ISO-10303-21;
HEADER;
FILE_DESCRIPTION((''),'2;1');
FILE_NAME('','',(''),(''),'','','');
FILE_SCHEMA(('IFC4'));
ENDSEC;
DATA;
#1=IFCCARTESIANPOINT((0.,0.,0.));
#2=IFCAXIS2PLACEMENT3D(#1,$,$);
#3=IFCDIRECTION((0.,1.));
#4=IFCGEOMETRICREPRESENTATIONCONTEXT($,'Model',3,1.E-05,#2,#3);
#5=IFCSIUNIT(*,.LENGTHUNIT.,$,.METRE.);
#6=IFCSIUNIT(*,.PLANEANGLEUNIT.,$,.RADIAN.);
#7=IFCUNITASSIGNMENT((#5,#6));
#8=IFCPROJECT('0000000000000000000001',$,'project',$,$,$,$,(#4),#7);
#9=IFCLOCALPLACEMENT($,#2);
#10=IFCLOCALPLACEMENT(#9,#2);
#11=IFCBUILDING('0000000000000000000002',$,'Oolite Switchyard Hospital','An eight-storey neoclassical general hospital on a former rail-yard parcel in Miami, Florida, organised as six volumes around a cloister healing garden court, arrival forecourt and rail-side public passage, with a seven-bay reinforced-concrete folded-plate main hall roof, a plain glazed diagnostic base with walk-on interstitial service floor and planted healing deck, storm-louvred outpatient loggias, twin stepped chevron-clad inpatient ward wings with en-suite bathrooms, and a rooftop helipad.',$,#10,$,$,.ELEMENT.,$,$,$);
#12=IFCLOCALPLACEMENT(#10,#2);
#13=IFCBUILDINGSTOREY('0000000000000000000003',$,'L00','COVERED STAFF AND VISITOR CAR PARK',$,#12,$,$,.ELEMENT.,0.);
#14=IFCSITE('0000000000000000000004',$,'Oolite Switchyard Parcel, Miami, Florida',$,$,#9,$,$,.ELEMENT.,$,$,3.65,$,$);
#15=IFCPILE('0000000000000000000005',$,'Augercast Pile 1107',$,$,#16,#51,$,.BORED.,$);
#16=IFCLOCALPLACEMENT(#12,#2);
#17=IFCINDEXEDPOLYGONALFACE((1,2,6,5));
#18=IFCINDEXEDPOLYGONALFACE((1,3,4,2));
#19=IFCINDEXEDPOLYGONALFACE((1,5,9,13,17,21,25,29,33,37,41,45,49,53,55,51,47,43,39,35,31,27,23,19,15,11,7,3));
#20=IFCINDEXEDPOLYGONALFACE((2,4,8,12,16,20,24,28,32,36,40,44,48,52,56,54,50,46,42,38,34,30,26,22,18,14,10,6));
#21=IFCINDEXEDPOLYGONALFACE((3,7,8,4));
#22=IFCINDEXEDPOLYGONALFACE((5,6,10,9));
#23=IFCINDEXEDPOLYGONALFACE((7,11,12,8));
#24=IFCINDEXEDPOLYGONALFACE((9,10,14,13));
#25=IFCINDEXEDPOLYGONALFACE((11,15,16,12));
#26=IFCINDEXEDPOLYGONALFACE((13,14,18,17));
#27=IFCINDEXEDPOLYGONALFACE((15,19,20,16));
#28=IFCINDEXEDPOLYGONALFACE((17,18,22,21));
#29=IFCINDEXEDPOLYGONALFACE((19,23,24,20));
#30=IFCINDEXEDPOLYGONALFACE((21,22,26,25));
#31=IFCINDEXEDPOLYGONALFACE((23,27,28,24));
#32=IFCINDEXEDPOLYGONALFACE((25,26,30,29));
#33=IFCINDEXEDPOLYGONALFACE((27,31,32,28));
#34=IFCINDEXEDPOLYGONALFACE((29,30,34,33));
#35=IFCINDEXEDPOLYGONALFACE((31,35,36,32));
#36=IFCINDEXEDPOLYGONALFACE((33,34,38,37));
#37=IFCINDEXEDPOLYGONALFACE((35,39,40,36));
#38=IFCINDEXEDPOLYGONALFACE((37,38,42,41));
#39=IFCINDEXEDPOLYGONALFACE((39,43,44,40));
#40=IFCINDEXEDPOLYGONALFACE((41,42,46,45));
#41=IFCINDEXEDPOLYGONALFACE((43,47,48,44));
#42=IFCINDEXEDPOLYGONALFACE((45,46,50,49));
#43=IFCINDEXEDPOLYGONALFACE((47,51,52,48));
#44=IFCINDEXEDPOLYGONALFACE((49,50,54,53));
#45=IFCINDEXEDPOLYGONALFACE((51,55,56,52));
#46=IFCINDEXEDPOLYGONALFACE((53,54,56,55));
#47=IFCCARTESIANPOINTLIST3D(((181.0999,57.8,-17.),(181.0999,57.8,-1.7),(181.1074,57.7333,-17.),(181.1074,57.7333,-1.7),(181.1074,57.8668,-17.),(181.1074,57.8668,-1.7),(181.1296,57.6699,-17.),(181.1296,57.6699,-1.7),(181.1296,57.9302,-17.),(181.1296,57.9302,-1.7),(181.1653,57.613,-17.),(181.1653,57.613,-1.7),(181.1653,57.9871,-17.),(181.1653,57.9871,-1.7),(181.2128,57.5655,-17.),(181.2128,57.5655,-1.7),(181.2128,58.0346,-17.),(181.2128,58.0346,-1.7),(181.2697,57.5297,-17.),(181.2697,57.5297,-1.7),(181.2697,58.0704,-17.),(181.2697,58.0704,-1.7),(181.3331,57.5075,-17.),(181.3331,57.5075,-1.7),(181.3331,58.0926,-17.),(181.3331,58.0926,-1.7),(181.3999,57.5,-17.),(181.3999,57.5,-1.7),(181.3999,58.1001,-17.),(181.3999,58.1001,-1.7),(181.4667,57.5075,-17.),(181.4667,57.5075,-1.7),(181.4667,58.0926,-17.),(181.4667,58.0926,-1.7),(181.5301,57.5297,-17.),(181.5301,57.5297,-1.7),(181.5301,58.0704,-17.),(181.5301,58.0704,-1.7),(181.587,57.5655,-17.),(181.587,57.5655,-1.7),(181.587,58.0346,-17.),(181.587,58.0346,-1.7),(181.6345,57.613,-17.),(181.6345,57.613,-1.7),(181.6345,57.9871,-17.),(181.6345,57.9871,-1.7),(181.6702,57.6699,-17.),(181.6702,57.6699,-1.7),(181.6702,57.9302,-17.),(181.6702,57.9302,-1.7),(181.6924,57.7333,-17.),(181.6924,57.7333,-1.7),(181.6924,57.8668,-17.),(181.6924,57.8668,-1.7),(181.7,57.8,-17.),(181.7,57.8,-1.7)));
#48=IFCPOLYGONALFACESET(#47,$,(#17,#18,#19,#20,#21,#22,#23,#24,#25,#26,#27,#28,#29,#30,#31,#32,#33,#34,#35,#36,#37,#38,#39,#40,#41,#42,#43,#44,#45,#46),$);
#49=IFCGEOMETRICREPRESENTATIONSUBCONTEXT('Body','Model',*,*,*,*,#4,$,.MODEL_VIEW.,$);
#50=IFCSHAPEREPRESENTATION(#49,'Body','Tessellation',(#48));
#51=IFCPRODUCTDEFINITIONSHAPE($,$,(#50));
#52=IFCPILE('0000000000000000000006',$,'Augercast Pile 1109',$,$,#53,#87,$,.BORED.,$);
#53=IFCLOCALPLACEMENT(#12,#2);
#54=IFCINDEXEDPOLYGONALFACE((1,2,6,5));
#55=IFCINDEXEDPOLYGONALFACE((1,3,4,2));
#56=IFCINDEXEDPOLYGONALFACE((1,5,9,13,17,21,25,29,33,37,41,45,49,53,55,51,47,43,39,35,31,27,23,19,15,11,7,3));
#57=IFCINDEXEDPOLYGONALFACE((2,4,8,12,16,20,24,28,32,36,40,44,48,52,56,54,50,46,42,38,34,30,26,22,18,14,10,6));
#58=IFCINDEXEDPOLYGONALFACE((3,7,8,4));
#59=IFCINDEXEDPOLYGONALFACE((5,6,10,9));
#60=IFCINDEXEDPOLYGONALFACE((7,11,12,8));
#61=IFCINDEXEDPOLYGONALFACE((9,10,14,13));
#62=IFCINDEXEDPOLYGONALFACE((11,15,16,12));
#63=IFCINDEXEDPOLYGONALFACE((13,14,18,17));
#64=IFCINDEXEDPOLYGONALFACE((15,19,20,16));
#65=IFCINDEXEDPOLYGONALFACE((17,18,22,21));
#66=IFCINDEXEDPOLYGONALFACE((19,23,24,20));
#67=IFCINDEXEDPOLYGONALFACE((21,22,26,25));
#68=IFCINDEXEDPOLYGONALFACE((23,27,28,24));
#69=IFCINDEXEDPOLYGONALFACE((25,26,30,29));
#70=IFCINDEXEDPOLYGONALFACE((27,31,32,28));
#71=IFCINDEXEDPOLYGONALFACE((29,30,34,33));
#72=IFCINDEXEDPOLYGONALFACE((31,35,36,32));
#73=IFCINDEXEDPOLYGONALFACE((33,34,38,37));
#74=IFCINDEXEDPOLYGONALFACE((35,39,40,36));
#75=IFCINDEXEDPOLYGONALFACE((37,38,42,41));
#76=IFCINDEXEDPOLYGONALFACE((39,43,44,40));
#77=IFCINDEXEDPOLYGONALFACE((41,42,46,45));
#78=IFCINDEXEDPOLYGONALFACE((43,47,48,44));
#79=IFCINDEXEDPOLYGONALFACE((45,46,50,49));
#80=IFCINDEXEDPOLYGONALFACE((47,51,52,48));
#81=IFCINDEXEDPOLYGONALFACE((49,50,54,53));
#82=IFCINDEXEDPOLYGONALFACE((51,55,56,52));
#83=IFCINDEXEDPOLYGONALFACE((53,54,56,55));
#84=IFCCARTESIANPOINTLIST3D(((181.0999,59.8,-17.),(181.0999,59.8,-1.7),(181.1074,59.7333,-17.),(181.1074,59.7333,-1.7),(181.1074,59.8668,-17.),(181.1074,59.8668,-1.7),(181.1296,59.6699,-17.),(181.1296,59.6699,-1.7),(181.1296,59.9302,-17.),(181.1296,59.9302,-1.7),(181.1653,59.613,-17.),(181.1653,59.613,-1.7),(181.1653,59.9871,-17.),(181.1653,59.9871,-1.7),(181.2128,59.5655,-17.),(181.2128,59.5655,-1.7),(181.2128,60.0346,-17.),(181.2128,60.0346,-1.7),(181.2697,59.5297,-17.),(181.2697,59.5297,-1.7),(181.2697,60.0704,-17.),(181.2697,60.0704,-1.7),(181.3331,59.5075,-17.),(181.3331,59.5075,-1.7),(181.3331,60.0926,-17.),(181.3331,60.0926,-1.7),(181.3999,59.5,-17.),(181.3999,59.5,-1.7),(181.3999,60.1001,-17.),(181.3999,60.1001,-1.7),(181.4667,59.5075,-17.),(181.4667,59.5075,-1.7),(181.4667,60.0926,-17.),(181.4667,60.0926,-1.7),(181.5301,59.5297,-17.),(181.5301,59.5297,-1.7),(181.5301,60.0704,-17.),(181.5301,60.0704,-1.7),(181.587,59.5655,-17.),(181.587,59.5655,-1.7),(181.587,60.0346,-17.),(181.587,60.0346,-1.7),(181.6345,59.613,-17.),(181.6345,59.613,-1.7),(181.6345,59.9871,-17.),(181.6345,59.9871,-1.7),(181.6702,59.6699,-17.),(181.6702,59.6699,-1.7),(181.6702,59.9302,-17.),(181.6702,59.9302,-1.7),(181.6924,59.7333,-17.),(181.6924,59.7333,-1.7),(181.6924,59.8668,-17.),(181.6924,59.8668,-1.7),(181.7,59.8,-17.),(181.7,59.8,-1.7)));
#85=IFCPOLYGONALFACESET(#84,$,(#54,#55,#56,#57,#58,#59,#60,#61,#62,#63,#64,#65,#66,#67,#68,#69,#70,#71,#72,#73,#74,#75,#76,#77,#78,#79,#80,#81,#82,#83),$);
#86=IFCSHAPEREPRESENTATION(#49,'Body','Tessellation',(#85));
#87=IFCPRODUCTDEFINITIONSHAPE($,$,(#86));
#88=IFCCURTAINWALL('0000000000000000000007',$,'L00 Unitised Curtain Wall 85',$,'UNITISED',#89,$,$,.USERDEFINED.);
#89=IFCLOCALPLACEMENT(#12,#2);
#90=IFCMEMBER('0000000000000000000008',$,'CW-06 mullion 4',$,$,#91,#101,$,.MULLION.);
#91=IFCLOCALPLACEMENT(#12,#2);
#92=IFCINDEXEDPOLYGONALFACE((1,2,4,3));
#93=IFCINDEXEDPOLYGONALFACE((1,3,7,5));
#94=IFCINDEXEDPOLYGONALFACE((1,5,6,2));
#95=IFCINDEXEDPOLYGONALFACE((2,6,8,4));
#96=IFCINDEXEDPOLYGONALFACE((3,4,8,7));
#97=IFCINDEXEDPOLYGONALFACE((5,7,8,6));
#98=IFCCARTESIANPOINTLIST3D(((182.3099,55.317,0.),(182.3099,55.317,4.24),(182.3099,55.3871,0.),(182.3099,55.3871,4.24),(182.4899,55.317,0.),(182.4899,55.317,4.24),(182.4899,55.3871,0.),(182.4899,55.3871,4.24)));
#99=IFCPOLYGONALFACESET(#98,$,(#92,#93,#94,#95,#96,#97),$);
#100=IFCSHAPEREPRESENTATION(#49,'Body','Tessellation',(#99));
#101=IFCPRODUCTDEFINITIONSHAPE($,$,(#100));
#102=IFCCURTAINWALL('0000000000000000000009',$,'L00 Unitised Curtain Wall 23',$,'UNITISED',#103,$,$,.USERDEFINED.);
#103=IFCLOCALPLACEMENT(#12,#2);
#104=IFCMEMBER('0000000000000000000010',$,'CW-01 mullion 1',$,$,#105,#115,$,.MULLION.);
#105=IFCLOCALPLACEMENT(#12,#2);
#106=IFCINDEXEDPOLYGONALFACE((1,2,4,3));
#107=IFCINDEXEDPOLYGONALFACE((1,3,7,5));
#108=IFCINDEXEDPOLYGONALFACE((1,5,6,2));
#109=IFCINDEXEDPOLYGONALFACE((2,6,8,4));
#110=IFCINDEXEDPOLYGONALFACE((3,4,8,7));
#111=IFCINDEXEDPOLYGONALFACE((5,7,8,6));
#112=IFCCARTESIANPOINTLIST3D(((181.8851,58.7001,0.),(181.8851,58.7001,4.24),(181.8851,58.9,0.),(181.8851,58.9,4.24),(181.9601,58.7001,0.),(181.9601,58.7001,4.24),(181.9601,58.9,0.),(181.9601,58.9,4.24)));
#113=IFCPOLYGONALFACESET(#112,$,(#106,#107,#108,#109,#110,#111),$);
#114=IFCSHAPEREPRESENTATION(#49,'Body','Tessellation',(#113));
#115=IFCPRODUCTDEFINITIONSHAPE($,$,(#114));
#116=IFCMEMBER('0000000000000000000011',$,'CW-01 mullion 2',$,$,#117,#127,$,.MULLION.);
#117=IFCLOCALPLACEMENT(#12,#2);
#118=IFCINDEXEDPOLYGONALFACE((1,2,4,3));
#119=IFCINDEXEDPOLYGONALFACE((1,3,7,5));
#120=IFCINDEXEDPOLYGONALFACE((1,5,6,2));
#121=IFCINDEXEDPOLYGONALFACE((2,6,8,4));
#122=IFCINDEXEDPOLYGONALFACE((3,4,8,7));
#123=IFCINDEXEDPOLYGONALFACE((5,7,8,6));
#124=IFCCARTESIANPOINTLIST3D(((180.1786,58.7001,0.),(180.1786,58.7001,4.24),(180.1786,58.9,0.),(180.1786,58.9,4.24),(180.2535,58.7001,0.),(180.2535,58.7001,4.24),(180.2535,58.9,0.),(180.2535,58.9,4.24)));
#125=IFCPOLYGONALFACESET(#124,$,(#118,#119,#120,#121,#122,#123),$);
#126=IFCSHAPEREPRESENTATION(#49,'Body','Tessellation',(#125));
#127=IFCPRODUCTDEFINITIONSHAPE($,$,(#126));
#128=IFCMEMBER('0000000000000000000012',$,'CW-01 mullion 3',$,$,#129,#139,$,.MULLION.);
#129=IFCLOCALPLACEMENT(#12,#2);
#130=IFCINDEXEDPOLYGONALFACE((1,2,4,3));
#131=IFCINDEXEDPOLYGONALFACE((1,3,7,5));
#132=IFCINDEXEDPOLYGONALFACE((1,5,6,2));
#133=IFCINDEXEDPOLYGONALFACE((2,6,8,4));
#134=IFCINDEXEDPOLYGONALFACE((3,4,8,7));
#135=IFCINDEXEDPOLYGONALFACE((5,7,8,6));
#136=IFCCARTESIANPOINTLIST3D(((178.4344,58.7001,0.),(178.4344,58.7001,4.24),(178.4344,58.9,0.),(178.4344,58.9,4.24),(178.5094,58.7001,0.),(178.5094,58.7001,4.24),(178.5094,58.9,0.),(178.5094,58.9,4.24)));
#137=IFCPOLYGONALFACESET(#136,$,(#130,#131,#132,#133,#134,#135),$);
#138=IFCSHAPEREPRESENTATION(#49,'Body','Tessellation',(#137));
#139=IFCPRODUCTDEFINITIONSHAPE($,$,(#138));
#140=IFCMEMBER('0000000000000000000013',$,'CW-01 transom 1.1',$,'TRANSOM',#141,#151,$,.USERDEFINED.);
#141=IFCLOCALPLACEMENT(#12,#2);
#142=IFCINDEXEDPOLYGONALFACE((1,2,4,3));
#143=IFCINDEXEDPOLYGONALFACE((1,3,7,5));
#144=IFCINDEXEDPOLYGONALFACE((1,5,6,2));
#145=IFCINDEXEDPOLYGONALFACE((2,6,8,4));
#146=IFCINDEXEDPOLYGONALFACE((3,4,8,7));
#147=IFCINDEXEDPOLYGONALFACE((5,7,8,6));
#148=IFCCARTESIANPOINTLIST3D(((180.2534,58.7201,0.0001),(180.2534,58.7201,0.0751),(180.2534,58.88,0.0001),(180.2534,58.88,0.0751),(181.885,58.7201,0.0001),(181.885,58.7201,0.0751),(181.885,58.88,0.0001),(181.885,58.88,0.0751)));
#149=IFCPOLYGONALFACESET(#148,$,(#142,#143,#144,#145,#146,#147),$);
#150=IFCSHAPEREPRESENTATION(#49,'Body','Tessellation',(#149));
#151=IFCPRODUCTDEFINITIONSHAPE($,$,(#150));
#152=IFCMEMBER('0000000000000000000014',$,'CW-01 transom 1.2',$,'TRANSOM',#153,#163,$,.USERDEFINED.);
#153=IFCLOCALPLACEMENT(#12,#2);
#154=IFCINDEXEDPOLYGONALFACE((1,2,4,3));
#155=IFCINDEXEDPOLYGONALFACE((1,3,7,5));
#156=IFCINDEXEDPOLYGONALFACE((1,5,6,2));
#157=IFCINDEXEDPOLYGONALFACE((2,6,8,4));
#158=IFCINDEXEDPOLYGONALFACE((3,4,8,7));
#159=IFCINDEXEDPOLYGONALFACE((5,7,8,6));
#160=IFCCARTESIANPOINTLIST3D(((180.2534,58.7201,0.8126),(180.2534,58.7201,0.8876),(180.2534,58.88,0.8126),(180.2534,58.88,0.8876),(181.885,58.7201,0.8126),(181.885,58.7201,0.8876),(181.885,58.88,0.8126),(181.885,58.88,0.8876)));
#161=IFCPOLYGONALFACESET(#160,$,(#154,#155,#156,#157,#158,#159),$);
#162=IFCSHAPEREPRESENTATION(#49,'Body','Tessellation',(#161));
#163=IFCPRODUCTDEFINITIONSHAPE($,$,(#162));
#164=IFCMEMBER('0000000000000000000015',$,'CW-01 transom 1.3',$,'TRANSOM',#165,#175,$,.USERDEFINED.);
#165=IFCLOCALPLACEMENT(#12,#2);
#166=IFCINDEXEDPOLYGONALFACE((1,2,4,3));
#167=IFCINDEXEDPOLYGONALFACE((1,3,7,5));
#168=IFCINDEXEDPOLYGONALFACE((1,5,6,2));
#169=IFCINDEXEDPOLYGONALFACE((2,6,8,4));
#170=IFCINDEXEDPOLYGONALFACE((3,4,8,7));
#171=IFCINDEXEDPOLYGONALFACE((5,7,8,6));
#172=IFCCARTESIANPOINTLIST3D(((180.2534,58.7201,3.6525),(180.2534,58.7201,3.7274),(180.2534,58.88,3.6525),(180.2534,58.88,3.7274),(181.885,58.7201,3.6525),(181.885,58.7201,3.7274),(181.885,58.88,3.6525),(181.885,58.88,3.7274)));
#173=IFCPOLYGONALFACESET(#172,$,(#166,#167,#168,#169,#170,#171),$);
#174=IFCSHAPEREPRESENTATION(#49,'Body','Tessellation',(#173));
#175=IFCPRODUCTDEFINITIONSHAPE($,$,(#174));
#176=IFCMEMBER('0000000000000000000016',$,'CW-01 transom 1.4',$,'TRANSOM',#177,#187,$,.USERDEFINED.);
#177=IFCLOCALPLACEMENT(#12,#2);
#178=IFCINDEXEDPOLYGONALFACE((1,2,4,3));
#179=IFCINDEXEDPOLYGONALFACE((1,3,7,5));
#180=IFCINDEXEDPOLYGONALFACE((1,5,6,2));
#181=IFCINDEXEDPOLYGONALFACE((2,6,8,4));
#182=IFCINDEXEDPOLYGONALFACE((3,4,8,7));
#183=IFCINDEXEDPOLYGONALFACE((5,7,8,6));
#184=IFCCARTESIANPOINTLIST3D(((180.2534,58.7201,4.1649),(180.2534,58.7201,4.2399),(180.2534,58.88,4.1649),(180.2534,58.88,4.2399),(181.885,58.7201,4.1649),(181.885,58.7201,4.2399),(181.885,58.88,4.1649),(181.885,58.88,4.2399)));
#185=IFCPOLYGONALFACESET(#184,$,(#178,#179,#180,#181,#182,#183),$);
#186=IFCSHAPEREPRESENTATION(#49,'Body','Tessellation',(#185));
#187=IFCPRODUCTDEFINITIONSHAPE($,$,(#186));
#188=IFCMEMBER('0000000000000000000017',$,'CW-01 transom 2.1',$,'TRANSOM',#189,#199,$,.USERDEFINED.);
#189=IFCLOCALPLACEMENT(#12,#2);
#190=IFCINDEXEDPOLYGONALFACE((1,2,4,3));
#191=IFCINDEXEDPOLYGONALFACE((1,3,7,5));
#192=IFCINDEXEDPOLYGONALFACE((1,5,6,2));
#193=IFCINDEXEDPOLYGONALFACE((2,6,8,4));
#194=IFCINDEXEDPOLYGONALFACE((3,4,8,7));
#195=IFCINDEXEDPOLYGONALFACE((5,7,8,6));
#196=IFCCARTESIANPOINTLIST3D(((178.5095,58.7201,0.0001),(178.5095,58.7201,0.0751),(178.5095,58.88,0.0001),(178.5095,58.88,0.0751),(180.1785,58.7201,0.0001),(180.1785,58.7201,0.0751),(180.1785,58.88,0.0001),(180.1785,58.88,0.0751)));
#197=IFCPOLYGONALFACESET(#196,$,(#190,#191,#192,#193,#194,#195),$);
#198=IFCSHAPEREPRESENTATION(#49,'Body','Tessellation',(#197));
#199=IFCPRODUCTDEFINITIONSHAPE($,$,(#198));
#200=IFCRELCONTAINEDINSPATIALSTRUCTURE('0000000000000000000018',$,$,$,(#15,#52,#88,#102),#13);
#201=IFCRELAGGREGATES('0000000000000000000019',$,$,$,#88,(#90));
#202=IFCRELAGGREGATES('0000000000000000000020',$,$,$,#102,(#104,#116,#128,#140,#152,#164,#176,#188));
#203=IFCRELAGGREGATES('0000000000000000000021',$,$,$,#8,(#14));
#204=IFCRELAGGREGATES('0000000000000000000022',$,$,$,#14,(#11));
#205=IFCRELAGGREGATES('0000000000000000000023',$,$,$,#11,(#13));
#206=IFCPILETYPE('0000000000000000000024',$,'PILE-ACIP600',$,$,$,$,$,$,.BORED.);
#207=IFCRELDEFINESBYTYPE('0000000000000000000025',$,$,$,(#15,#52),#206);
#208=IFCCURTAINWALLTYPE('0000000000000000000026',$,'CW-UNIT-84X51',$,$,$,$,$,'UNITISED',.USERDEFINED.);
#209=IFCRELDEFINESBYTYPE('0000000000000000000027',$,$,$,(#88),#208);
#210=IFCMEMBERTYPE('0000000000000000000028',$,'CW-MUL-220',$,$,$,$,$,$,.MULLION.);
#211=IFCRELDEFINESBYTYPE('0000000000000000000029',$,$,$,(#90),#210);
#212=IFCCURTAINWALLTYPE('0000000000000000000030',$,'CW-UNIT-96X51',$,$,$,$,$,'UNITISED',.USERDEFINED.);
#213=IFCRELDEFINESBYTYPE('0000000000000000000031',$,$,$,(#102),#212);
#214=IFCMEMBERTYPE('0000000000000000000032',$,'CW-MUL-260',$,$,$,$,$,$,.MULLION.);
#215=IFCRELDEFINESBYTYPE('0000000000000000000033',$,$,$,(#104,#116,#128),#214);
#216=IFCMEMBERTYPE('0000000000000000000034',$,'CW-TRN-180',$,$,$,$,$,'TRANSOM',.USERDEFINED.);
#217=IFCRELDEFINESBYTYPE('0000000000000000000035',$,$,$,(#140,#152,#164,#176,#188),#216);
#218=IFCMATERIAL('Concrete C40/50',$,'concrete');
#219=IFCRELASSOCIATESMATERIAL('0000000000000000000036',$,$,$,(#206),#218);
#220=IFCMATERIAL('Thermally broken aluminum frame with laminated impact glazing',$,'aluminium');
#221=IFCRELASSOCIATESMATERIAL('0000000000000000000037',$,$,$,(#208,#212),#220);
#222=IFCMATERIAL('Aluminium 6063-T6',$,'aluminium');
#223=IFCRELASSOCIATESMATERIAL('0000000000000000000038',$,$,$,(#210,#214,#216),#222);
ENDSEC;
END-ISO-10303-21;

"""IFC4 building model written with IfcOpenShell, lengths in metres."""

from ifc_helpers import new_model, si_unit, direction, frame, origin, origin_2d, place, context, subcontext, project, spatial, rectangle, circle, extrude, material, material_profile, profile_set, type_object, element, aggregate, save


model = new_model("IFC4")

# Units and contexts
model_context = context("Model", 3, precision=1e-05, world=origin(), true_north=direction((0.0, 1.0)))
body_context = subcontext(model_context, "Body", "Model", "MODEL_VIEW")
ifc_project = project(units=[si_unit("LENGTHUNIT", "METRE"), si_unit("PLANEANGLEUNIT", "RADIAN")], contexts=[model_context])

# Site, building, storey
site_placement = place(None, origin())
site = spatial("IfcSite", under=ifc_project, at=site_placement, Name="Oolite Switchyard Parcel, Miami, Florida", CompositionType="ELEMENT", RefElevation=3.65)
building_placement = place(site_placement, origin())
building = spatial("IfcBuilding", under=site, at=building_placement, Name="Oolite Switchyard Hospital", Description="An eight-storey neoclassical general hospital on a former rail-yard parcel in Miami, Florida, organised as six volumes around a cloister healing garden court, arrival forecourt and rail-side public passage, with a seven-bay reinforced-concrete folded-plate main hall roof, a plain glazed diagnostic base with walk-on interstitial service floor and planted healing deck, storm-louvred outpatient loggias, twin stepped chevron-clad inpatient ward wings with en-suite bathrooms, and a rooftop helipad.", CompositionType="ELEMENT")
storey_placement = place(building_placement, origin())
storey = spatial("IfcBuildingStorey", under=building, at=storey_placement, Name="L00", Description="COVERED STAFF AND VISITOR CAR PARK", CompositionType="ELEMENT", Elevation=0.0)

# Piles
ifc_material_1 = material(Name="Concrete C40/50", Category="concrete")
ifc_material_profile_1 = material_profile(ifc_material_1, circle(Radius=0.3, at=origin_2d()), Name="PILE600")
ifc_profile_set_1 = profile_set([ifc_material_profile_1], Name="Concrete C40/50")
pile_type = type_object("IfcPileType", Name="PILE-ACIP600", PredefinedType="BORED", material=ifc_profile_set_1)
for number, where, z_axis, x_axis, name in (
    (1, (181.3999, 57.8, -1.7), (0.0, 0.0, -1.0), (1.0, 0.0, 0.0), "Augercast Pile 1107"),
    (2, (181.3999, 59.8, -1.7), (0.0, 0.0, -1.0), (1.0, 0.0, 0.0), "Augercast Pile 1109"),
):
    element("IfcPile", number, at=place(storey_placement, frame(where, z_axis=z_axis, x_axis=x_axis)), inside=storey, type_object=pile_type, Name=name, PredefinedType="BORED", context=body_context, shape_type="SweptSolid", body=[
        extrude(circle(Radius=0.3, at=origin_2d()), origin(), (0.0, 0.0, 1.0), 15.3),
    ])

# Curtain wall, member
ifc_material_2 = material(Name="Thermally broken aluminum frame with laminated impact glazing", Category="aluminium")
curtain_wall_type_1 = type_object("IfcCurtainWallType", Name="CW-UNIT-84X51", ElementType="UNITISED", PredefinedType="USERDEFINED", material=ifc_material_2)
curtain_wall_1_placement = place(storey_placement, origin())
curtain_wall_1 = element("IfcCurtainWall", 3, at=curtain_wall_1_placement, inside=storey, type_object=curtain_wall_type_1, Name="L00 Unitised Curtain Wall 85", ObjectType="UNITISED", PredefinedType="USERDEFINED")
ifc_material_3 = material(Name="Aluminium 6063-T6", Category="aluminium")
ifc_material_profile_2 = material_profile(ifc_material_3, rectangle(XDim=0.1799, YDim=0.0701, at=origin_2d()), Name="CWM70X180")
ifc_profile_set_2 = profile_set([ifc_material_profile_2], Name="Aluminium 6063-T6")
member_type_1 = type_object("IfcMemberType", Name="CW-MUL-220", PredefinedType="MULLION", material=ifc_profile_set_2)
member_1_placement = place(storey_placement, frame((182.3999, 55.3521, 0.0), z_axis=(0.0, 0.0, 1.0), x_axis=(-1.0, 0.0, 0.0)))
member_1 = element("IfcMember", 4, at=member_1_placement, type_object=member_type_1, Name="CW-06 mullion 4", PredefinedType="MULLION", context=body_context, shape_type="SweptSolid", body=[
    extrude(rectangle(XDim=0.1799, YDim=0.0701, at=origin_2d()), origin(), (0.0, 0.0, 1.0), 4.24),
])

# Curtain wall, members
curtain_wall_type_2 = type_object("IfcCurtainWallType", Name="CW-UNIT-96X51", ElementType="UNITISED", PredefinedType="USERDEFINED", material=ifc_material_2)
curtain_wall_2_placement = place(storey_placement, origin())
curtain_wall_2 = element("IfcCurtainWall", 5, at=curtain_wall_2_placement, inside=storey, type_object=curtain_wall_type_2, Name="L00 Unitised Curtain Wall 23", ObjectType="UNITISED", PredefinedType="USERDEFINED")
ifc_material_profile_3 = material_profile(ifc_material_3, rectangle(XDim=0.2, YDim=0.075, at=origin_2d()), Name="CWM75X200")
ifc_profile_set_3 = profile_set([ifc_material_profile_3], Name="Aluminium 6063-T6")
member_type_2 = type_object("IfcMemberType", Name="CW-MUL-260", PredefinedType="MULLION", material=ifc_profile_set_3)
member_2_placement = place(storey_placement, frame((181.9226, 58.8, 0.0), z_axis=(0.0, 0.0, 1.0), x_axis=(0.0, -1.0, 0.0)))
member_2 = element("IfcMember", 6, at=member_2_placement, type_object=member_type_2, Name="CW-01 mullion 1", PredefinedType="MULLION", context=body_context, shape_type="SweptSolid", body=[
    extrude(rectangle(XDim=0.2, YDim=0.075, at=origin_2d()), origin(), (0.0, 0.0, 1.0), 4.24),
])
member_3_placement = place(storey_placement, frame((180.2161, 58.8, 0.0), z_axis=(0.0, 0.0, 1.0), x_axis=(0.0, -1.0, 0.0)))
member_3 = element("IfcMember", 7, at=member_3_placement, type_object=member_type_2, Name="CW-01 mullion 2", PredefinedType="MULLION", context=body_context, shape_type="SweptSolid", body=[
    extrude(rectangle(XDim=0.2, YDim=0.075, at=origin_2d()), origin(), (0.0, 0.0, 1.0), 4.24),
])
member_4_placement = place(storey_placement, frame((178.4719, 58.8, 0.0), z_axis=(0.0, 0.0, 1.0), x_axis=(0.0, -1.0, 0.0)))
member_4 = element("IfcMember", 8, at=member_4_placement, type_object=member_type_2, Name="CW-01 mullion 3", PredefinedType="MULLION", context=body_context, shape_type="SweptSolid", body=[
    extrude(rectangle(XDim=0.2, YDim=0.075, at=origin_2d()), origin(), (0.0, 0.0, 1.0), 4.24),
])
ifc_material_profile_4 = material_profile(ifc_material_3, rectangle(XDim=0.1599, YDim=0.075, at=origin_2d()), Name="CWT75X160")
ifc_profile_set_4 = profile_set([ifc_material_profile_4], Name="Aluminium 6063-T6")
member_type_3 = type_object("IfcMemberType", Name="CW-TRN-180", ElementType="TRANSOM", PredefinedType="USERDEFINED", material=ifc_profile_set_4)
member_5_placement = place(storey_placement, frame((181.885, 58.8, 0.0376), z_axis=(-1.0, 0.0, 0.0), x_axis=(0.0, -1.0, 0.0)))
member_5 = element("IfcMember", 9, at=member_5_placement, type_object=member_type_3, Name="CW-01 transom 1.1", ObjectType="TRANSOM", PredefinedType="USERDEFINED", context=body_context, shape_type="SweptSolid", body=[
    extrude(rectangle(XDim=0.1599, YDim=0.075, at=origin_2d()), origin(), (0.0, 0.0, 1.0), 1.6316),
])
member_6_placement = place(storey_placement, frame((181.885, 58.8, 0.8501), z_axis=(-1.0, 0.0, 0.0), x_axis=(0.0, -1.0, 0.0)))
member_6 = element("IfcMember", 10, at=member_6_placement, type_object=member_type_3, Name="CW-01 transom 1.2", ObjectType="TRANSOM", PredefinedType="USERDEFINED", context=body_context, shape_type="SweptSolid", body=[
    extrude(rectangle(XDim=0.1599, YDim=0.075, at=origin_2d()), origin(), (0.0, 0.0, 1.0), 1.6316),
])
member_7_placement = place(storey_placement, frame((181.885, 58.8, 3.6899), z_axis=(-1.0, 0.0, 0.0), x_axis=(0.0, -1.0, 0.0)))
member_7 = element("IfcMember", 11, at=member_7_placement, type_object=member_type_3, Name="CW-01 transom 1.3", ObjectType="TRANSOM", PredefinedType="USERDEFINED", context=body_context, shape_type="SweptSolid", body=[
    extrude(rectangle(XDim=0.1599, YDim=0.075, at=origin_2d()), origin(), (0.0, 0.0, 1.0), 1.6316),
])
member_8_placement = place(storey_placement, frame((181.885, 58.8, 4.2024), z_axis=(-1.0, 0.0, 0.0), x_axis=(0.0, -1.0, 0.0)))
member_8 = element("IfcMember", 12, at=member_8_placement, type_object=member_type_3, Name="CW-01 transom 1.4", ObjectType="TRANSOM", PredefinedType="USERDEFINED", context=body_context, shape_type="SweptSolid", body=[
    extrude(rectangle(XDim=0.1599, YDim=0.075, at=origin_2d()), origin(), (0.0, 0.0, 1.0), 1.6316),
])
member_9_placement = place(storey_placement, frame((180.1785, 58.8, 0.0376), z_axis=(-1.0, 0.0, 0.0), x_axis=(0.0, -1.0, 0.0)))
member_9 = element("IfcMember", 13, at=member_9_placement, type_object=member_type_3, Name="CW-01 transom 2.1", ObjectType="TRANSOM", PredefinedType="USERDEFINED", context=body_context, shape_type="SweptSolid", body=[
    extrude(rectangle(XDim=0.1599, YDim=0.075, at=origin_2d()), origin(), (0.0, 0.0, 1.0), 1.6689),
])

aggregate(curtain_wall_1, [member_1])

aggregate(curtain_wall_2, [member_2, member_3, member_4, member_5, member_6, member_7, member_8, member_9])

save(model, "model.ifc")
